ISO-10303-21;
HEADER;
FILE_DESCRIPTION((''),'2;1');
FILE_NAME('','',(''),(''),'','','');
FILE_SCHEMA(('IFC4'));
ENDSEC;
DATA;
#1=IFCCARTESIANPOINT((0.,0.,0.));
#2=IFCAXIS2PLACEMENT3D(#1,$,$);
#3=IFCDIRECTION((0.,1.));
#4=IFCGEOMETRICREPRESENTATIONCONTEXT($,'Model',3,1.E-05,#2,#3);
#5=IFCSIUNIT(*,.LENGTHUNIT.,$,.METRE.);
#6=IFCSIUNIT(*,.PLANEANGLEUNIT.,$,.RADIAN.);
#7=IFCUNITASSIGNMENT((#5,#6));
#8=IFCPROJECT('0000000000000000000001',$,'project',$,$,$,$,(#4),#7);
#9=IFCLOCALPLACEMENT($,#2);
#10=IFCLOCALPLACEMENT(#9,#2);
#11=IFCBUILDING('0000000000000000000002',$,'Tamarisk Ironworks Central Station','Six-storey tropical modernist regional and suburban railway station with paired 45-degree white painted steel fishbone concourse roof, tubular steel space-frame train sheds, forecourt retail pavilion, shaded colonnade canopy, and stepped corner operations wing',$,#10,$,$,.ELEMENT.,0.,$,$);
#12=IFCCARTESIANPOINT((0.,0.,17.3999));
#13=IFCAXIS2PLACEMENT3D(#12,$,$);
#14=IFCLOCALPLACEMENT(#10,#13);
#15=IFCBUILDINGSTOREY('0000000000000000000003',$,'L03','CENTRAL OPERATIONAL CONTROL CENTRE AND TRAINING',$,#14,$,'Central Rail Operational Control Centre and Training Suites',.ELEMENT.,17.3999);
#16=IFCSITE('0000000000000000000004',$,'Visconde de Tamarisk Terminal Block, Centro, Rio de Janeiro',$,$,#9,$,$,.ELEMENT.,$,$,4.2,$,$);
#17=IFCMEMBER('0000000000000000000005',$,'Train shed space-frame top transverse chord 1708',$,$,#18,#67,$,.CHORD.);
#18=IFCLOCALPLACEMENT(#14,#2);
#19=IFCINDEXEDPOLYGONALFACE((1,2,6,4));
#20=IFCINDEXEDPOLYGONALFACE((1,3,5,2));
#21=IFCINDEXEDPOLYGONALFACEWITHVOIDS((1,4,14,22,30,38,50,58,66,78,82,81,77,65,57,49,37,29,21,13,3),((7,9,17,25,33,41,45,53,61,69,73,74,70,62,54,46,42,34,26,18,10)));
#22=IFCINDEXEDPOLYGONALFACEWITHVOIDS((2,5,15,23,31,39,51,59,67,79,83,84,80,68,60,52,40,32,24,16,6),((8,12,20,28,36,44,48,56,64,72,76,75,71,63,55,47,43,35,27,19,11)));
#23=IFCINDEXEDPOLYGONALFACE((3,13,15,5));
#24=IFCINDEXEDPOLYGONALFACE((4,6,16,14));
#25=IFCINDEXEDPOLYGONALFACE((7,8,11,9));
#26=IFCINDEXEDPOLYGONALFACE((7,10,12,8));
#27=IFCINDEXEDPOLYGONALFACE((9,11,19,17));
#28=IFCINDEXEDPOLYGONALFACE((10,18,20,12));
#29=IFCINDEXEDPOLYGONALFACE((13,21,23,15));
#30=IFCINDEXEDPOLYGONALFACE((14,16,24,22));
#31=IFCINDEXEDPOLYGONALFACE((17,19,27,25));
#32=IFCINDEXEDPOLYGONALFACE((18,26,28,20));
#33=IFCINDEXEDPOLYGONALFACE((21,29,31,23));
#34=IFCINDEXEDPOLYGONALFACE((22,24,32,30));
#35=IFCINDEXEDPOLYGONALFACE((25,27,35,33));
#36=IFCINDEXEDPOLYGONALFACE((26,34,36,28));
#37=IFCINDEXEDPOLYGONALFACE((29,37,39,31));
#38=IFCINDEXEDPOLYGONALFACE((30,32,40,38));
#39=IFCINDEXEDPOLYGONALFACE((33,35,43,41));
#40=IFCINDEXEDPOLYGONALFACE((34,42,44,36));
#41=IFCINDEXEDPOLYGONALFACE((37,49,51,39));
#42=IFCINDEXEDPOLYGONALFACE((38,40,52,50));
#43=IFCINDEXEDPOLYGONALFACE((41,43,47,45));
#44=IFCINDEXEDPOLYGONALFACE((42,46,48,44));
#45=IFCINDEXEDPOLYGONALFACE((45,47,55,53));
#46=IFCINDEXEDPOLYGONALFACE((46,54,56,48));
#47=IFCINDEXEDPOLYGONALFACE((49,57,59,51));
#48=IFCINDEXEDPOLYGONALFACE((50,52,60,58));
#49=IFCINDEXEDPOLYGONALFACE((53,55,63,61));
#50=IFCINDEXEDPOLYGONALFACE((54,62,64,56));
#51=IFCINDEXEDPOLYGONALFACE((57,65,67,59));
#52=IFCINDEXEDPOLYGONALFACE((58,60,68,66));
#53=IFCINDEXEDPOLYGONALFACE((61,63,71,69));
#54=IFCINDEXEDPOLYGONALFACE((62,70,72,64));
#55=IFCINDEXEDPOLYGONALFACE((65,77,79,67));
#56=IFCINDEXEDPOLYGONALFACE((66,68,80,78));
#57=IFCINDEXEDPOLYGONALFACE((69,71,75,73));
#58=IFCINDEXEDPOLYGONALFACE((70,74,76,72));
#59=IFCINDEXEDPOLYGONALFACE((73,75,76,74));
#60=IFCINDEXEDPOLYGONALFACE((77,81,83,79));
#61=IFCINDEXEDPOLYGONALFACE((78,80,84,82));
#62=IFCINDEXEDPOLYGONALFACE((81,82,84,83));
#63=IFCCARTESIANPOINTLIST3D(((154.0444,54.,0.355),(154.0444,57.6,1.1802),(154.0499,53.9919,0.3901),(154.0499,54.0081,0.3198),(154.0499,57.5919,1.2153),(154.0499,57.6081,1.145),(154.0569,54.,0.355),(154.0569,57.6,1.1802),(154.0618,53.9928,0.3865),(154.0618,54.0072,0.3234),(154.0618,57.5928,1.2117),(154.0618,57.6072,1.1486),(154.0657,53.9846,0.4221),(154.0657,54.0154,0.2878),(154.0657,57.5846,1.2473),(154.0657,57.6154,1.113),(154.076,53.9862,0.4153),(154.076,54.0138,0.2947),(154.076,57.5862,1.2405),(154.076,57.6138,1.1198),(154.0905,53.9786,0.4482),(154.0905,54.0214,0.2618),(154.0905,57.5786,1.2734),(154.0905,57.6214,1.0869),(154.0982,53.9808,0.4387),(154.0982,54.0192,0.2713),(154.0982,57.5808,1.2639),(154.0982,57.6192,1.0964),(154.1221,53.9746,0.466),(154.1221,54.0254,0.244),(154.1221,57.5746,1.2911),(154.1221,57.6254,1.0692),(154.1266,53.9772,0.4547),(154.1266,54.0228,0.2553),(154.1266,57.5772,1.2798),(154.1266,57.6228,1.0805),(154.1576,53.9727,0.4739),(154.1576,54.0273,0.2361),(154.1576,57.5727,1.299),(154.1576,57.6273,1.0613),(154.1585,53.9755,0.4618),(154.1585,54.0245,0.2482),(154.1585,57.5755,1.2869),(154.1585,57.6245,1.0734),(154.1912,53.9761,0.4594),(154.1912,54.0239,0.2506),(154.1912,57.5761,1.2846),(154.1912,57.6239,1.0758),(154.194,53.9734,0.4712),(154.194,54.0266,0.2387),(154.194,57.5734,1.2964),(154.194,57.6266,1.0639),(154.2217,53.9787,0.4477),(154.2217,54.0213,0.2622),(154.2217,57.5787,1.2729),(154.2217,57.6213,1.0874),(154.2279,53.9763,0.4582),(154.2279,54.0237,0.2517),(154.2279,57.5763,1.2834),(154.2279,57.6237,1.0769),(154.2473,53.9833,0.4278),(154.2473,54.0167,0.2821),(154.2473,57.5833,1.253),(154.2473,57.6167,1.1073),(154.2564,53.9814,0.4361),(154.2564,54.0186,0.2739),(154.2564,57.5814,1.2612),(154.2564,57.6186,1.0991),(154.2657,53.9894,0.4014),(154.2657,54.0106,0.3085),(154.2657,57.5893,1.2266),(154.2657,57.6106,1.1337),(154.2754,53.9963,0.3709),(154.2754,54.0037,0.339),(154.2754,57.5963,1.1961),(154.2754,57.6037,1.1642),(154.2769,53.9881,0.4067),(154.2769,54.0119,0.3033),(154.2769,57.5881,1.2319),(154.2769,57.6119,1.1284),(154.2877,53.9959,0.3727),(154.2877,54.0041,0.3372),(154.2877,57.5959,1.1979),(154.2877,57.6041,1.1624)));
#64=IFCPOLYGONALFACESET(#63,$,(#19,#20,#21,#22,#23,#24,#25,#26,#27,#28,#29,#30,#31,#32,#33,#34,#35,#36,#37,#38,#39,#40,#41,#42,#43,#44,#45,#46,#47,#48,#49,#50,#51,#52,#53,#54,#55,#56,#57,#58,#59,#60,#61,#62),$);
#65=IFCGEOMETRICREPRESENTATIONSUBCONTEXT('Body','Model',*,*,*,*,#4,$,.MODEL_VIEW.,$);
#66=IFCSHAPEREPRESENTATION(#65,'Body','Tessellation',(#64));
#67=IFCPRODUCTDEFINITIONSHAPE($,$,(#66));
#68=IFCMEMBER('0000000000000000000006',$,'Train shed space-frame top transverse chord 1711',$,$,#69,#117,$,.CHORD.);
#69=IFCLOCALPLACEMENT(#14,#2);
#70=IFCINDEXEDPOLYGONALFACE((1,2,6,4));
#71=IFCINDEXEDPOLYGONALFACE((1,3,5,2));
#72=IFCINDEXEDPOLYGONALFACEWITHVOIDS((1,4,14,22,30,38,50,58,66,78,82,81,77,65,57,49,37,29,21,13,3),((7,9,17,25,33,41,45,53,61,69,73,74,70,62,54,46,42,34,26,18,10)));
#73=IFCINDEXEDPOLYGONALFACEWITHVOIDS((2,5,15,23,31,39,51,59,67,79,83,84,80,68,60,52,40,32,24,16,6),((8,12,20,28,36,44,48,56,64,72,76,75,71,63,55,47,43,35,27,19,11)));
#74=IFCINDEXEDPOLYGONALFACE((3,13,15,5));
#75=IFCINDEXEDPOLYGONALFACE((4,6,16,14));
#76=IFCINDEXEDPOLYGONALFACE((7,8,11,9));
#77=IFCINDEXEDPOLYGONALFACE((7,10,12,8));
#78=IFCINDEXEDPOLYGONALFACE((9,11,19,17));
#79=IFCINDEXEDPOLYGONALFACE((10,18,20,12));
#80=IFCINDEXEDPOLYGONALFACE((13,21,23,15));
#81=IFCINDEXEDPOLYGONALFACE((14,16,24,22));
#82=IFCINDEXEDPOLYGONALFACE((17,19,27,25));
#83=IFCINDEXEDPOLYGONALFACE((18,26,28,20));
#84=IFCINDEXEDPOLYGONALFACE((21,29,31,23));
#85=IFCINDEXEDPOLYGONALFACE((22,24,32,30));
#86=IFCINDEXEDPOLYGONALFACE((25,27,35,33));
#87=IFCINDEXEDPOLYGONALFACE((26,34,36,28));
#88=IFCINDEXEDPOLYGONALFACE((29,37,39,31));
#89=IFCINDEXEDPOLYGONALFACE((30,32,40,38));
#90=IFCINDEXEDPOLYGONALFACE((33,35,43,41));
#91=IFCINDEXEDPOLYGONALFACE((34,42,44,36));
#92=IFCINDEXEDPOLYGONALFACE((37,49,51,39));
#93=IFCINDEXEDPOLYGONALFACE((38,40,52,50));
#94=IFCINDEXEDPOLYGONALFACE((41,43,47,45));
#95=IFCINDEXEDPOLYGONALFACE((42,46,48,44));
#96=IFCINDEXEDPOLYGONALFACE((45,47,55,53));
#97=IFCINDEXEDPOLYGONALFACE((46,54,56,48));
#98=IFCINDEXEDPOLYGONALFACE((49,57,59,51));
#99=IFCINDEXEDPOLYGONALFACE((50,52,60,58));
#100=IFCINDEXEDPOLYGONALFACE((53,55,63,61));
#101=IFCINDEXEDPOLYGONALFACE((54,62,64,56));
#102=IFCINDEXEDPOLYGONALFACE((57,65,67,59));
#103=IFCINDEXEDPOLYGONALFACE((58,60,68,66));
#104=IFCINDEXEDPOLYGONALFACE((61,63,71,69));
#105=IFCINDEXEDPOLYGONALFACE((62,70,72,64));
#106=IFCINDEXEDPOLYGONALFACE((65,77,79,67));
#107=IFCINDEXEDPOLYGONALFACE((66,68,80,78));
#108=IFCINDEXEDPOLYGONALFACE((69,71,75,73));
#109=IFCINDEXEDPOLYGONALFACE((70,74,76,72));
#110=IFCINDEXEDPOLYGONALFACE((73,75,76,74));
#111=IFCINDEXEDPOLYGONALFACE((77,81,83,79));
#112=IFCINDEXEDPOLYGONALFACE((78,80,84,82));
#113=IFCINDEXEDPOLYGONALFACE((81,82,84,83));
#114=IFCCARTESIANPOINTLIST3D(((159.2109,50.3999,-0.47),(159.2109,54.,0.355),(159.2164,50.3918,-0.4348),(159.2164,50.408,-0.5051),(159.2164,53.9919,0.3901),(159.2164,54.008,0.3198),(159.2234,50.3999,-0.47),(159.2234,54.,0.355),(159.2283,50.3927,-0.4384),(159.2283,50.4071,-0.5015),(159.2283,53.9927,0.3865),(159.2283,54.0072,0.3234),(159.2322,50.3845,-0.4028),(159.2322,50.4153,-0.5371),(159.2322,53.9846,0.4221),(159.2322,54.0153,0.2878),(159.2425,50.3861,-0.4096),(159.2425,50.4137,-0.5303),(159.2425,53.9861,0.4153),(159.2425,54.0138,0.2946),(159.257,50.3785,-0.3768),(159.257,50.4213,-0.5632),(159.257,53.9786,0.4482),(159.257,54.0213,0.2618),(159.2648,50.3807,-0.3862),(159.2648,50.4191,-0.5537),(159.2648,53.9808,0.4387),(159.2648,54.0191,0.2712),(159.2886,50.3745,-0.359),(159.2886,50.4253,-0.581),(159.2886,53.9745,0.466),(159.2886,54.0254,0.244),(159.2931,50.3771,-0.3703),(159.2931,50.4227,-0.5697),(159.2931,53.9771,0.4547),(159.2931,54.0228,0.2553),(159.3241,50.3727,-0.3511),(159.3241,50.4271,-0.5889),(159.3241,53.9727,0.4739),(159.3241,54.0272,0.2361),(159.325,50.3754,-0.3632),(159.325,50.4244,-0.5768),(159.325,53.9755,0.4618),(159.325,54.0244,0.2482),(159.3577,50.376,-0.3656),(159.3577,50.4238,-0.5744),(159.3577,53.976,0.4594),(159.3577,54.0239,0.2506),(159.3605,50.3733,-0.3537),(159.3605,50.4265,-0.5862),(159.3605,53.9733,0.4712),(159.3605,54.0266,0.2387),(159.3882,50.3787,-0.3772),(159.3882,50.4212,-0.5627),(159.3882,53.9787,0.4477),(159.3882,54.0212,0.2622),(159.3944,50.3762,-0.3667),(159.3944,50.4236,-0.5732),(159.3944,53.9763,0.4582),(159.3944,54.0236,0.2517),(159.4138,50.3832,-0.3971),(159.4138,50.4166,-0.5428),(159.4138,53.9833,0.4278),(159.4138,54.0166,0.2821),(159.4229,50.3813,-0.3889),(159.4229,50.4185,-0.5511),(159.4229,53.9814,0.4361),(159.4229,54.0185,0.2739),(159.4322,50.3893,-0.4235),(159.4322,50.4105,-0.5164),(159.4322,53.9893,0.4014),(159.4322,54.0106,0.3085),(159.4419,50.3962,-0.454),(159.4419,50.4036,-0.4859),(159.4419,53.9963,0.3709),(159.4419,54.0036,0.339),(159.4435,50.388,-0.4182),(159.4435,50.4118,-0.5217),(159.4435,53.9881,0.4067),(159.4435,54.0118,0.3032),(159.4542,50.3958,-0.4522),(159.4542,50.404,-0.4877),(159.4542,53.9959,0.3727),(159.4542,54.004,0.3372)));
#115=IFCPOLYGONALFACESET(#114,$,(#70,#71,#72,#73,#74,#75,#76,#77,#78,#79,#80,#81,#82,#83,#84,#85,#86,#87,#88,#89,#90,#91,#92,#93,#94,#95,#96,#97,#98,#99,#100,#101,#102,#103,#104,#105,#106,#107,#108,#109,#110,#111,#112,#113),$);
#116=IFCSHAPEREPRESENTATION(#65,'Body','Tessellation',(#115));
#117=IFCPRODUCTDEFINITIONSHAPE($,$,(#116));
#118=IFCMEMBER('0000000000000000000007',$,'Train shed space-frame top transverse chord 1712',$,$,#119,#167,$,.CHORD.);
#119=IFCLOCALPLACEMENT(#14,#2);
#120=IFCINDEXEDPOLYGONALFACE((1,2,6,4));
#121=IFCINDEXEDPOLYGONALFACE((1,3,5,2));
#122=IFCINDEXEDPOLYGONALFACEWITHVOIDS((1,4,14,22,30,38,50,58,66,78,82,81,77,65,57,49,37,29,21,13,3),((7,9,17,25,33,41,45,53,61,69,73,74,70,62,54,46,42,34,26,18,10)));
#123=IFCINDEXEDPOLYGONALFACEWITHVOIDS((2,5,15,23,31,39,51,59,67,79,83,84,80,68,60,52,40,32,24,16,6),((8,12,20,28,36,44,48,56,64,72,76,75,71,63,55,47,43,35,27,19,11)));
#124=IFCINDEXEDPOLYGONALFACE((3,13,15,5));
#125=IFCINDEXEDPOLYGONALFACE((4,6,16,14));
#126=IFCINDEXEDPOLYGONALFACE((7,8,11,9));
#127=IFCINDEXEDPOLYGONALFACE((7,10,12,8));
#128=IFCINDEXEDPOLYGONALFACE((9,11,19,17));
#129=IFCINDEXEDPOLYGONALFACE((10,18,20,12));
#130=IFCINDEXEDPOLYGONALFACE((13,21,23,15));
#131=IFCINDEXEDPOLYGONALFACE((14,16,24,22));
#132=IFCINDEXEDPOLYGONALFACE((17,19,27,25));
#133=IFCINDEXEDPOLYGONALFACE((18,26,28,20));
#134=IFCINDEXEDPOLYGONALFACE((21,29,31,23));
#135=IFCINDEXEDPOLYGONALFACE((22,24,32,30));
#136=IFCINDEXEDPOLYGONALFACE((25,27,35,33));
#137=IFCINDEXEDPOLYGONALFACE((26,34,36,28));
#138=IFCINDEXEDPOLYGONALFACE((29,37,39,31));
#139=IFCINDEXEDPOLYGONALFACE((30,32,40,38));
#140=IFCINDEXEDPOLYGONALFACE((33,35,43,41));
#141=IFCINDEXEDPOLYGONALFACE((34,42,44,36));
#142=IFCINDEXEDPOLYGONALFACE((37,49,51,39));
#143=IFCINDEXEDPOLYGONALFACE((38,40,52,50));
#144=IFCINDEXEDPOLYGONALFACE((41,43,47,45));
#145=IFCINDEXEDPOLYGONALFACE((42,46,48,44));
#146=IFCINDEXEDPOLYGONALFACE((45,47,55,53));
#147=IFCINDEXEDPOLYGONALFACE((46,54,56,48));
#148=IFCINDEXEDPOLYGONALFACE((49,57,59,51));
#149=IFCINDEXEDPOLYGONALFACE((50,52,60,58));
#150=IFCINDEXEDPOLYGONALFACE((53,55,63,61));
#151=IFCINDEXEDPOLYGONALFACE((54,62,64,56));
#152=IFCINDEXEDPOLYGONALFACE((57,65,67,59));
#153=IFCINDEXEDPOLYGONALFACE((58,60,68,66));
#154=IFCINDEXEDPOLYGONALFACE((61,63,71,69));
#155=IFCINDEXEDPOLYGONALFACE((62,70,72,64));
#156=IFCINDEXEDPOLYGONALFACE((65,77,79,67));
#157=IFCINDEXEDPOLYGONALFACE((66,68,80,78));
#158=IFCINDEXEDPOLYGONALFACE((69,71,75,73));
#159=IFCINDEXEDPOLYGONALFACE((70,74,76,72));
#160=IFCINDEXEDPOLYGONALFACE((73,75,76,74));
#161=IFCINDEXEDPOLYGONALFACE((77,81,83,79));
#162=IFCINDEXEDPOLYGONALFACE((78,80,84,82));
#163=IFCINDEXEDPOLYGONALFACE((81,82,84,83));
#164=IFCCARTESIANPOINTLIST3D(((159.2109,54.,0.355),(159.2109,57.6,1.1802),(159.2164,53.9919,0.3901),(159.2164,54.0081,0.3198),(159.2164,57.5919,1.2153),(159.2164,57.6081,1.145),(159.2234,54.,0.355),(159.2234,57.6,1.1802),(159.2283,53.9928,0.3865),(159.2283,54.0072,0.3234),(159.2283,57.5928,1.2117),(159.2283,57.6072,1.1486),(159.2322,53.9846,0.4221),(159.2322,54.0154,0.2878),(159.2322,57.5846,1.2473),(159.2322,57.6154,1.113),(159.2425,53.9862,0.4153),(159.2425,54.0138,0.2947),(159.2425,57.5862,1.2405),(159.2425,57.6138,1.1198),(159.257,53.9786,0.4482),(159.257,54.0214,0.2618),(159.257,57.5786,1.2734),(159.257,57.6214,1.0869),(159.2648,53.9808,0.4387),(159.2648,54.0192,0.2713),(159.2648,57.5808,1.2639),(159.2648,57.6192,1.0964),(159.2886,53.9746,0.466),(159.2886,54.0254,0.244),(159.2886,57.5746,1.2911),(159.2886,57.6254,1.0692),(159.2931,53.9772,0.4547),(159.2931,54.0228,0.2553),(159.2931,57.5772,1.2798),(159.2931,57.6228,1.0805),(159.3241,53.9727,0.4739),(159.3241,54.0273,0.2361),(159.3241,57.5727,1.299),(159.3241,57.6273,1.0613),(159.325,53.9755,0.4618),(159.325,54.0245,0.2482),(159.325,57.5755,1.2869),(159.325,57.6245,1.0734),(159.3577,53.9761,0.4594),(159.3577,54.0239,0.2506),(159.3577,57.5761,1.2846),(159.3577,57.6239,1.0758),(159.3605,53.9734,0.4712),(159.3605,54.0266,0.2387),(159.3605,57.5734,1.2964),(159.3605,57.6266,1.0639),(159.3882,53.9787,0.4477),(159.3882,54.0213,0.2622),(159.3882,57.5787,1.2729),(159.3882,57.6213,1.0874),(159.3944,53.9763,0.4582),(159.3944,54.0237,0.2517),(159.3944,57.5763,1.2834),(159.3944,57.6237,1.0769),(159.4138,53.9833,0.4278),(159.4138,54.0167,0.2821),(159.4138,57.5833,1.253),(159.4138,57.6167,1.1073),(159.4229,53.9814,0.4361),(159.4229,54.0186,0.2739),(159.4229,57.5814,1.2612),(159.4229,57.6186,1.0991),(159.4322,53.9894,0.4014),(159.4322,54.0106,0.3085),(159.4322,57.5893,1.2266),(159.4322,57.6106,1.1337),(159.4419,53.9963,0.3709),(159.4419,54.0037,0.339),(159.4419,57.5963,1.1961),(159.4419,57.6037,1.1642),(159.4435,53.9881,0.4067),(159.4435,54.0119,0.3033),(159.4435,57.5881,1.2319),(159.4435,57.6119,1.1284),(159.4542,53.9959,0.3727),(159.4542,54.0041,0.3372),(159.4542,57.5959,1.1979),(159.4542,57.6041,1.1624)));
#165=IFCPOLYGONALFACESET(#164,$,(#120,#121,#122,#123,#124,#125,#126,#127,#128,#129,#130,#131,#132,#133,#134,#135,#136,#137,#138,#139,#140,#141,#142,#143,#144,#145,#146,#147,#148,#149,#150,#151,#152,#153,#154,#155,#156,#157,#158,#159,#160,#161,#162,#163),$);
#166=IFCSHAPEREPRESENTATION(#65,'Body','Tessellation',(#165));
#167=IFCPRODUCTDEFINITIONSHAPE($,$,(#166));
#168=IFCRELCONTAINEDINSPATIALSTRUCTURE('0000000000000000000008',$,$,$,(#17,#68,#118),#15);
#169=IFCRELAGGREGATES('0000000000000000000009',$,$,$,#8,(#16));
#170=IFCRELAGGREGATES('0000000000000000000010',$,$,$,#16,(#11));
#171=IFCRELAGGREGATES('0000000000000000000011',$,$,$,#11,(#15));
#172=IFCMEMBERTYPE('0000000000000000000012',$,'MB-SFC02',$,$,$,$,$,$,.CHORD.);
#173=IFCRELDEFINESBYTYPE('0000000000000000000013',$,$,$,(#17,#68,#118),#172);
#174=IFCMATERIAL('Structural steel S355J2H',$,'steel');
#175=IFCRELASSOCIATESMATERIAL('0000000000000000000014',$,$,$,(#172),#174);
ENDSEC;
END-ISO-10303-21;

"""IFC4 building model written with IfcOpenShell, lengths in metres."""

from ifc_helpers import new_model, si_unit, direction, frame, origin, origin_2d, place, context, subcontext, project, spatial, hollow_circle, extrude, material, material_profile, profile_set, type_object, element, save


model = new_model("IFC4")

# Units and contexts
model_context = context("Model", 3, precision=1e-05, world=origin(), true_north=direction((0.0, 1.0)))
body_context = subcontext(model_context, "Body", "Model", "MODEL_VIEW")
ifc_project = project(units=[si_unit("LENGTHUNIT", "METRE"), si_unit("PLANEANGLEUNIT", "RADIAN")], contexts=[model_context])

# Site, building, storey
site_placement = place(None, origin())
site = spatial("IfcSite", under=ifc_project, at=site_placement, Name="Visconde de Tamarisk Terminal Block, Centro, Rio de Janeiro", CompositionType="ELEMENT", RefElevation=4.2)
building_placement = place(site_placement, origin())
building = spatial("IfcBuilding", under=site, at=building_placement, Name="Tamarisk Ironworks Central Station", Description="Six-storey tropical modernist regional and suburban railway station with paired 45-degree white painted steel fishbone concourse roof, tubular steel space-frame train sheds, forecourt retail pavilion, shaded colonnade canopy, and stepped corner operations wing", CompositionType="ELEMENT", ElevationOfRefHeight=0.0)
storey_placement = place(building_placement, frame((0.0, 0.0, 17.3999)))
storey = spatial("IfcBuildingStorey", under=building, at=storey_placement, Name="L03", Description="CENTRAL OPERATIONAL CONTROL CENTRE AND TRAINING", LongName="Central Rail Operational Control Centre and Training Suites", CompositionType="ELEMENT", Elevation=17.3999)

# Members
ifc_material = material(Name="Structural steel S355J2H", Category="steel")
ifc_material_profile_1 = material_profile(ifc_material, hollow_circle(Radius=0.1223, WallThickness=0.0125, at=origin_2d()), Name="CHS 244.5x12.5")
ifc_profile_set_1 = profile_set([ifc_material_profile_1], Name="Structural steel S355J2H")
member_type_1 = type_object("IfcMemberType", Name="MB-SFC02", PredefinedType="CHORD", material=ifc_profile_set_1)
for number, where, z_axis, x_axis, name in (
    (1, (154.1667, 54.0, 0.355), (0.0, 0.974722, 0.223421), (-1.0, 0.0, 0.0), "Train shed space-frame top transverse chord 1708"),
    (2, (159.3333, 50.3999, -0.47), (0.0, 0.974737, 0.223358), (-1.0, 0.0, 0.0), "Train shed space-frame top transverse chord 1711"),
    (3, (159.3333, 54.0, 0.355), (0.0, 0.974722, 0.223421), (-1.0, 0.0, 0.0), "Train shed space-frame top transverse chord 1712"),
):
    element("IfcMember", number, at=place(storey_placement, frame(where, z_axis=z_axis, x_axis=x_axis)), inside=storey, type_object=member_type_1, Name=name, PredefinedType="CHORD", context=body_context, shape_type="SweptSolid", body=[
        extrude(hollow_circle(Radius=0.1223, WallThickness=0.0125, at=origin_2d()), origin(), (0.0, 0.0, 1.0), 3.6934),
    ])

save(model, "model.ifc")
